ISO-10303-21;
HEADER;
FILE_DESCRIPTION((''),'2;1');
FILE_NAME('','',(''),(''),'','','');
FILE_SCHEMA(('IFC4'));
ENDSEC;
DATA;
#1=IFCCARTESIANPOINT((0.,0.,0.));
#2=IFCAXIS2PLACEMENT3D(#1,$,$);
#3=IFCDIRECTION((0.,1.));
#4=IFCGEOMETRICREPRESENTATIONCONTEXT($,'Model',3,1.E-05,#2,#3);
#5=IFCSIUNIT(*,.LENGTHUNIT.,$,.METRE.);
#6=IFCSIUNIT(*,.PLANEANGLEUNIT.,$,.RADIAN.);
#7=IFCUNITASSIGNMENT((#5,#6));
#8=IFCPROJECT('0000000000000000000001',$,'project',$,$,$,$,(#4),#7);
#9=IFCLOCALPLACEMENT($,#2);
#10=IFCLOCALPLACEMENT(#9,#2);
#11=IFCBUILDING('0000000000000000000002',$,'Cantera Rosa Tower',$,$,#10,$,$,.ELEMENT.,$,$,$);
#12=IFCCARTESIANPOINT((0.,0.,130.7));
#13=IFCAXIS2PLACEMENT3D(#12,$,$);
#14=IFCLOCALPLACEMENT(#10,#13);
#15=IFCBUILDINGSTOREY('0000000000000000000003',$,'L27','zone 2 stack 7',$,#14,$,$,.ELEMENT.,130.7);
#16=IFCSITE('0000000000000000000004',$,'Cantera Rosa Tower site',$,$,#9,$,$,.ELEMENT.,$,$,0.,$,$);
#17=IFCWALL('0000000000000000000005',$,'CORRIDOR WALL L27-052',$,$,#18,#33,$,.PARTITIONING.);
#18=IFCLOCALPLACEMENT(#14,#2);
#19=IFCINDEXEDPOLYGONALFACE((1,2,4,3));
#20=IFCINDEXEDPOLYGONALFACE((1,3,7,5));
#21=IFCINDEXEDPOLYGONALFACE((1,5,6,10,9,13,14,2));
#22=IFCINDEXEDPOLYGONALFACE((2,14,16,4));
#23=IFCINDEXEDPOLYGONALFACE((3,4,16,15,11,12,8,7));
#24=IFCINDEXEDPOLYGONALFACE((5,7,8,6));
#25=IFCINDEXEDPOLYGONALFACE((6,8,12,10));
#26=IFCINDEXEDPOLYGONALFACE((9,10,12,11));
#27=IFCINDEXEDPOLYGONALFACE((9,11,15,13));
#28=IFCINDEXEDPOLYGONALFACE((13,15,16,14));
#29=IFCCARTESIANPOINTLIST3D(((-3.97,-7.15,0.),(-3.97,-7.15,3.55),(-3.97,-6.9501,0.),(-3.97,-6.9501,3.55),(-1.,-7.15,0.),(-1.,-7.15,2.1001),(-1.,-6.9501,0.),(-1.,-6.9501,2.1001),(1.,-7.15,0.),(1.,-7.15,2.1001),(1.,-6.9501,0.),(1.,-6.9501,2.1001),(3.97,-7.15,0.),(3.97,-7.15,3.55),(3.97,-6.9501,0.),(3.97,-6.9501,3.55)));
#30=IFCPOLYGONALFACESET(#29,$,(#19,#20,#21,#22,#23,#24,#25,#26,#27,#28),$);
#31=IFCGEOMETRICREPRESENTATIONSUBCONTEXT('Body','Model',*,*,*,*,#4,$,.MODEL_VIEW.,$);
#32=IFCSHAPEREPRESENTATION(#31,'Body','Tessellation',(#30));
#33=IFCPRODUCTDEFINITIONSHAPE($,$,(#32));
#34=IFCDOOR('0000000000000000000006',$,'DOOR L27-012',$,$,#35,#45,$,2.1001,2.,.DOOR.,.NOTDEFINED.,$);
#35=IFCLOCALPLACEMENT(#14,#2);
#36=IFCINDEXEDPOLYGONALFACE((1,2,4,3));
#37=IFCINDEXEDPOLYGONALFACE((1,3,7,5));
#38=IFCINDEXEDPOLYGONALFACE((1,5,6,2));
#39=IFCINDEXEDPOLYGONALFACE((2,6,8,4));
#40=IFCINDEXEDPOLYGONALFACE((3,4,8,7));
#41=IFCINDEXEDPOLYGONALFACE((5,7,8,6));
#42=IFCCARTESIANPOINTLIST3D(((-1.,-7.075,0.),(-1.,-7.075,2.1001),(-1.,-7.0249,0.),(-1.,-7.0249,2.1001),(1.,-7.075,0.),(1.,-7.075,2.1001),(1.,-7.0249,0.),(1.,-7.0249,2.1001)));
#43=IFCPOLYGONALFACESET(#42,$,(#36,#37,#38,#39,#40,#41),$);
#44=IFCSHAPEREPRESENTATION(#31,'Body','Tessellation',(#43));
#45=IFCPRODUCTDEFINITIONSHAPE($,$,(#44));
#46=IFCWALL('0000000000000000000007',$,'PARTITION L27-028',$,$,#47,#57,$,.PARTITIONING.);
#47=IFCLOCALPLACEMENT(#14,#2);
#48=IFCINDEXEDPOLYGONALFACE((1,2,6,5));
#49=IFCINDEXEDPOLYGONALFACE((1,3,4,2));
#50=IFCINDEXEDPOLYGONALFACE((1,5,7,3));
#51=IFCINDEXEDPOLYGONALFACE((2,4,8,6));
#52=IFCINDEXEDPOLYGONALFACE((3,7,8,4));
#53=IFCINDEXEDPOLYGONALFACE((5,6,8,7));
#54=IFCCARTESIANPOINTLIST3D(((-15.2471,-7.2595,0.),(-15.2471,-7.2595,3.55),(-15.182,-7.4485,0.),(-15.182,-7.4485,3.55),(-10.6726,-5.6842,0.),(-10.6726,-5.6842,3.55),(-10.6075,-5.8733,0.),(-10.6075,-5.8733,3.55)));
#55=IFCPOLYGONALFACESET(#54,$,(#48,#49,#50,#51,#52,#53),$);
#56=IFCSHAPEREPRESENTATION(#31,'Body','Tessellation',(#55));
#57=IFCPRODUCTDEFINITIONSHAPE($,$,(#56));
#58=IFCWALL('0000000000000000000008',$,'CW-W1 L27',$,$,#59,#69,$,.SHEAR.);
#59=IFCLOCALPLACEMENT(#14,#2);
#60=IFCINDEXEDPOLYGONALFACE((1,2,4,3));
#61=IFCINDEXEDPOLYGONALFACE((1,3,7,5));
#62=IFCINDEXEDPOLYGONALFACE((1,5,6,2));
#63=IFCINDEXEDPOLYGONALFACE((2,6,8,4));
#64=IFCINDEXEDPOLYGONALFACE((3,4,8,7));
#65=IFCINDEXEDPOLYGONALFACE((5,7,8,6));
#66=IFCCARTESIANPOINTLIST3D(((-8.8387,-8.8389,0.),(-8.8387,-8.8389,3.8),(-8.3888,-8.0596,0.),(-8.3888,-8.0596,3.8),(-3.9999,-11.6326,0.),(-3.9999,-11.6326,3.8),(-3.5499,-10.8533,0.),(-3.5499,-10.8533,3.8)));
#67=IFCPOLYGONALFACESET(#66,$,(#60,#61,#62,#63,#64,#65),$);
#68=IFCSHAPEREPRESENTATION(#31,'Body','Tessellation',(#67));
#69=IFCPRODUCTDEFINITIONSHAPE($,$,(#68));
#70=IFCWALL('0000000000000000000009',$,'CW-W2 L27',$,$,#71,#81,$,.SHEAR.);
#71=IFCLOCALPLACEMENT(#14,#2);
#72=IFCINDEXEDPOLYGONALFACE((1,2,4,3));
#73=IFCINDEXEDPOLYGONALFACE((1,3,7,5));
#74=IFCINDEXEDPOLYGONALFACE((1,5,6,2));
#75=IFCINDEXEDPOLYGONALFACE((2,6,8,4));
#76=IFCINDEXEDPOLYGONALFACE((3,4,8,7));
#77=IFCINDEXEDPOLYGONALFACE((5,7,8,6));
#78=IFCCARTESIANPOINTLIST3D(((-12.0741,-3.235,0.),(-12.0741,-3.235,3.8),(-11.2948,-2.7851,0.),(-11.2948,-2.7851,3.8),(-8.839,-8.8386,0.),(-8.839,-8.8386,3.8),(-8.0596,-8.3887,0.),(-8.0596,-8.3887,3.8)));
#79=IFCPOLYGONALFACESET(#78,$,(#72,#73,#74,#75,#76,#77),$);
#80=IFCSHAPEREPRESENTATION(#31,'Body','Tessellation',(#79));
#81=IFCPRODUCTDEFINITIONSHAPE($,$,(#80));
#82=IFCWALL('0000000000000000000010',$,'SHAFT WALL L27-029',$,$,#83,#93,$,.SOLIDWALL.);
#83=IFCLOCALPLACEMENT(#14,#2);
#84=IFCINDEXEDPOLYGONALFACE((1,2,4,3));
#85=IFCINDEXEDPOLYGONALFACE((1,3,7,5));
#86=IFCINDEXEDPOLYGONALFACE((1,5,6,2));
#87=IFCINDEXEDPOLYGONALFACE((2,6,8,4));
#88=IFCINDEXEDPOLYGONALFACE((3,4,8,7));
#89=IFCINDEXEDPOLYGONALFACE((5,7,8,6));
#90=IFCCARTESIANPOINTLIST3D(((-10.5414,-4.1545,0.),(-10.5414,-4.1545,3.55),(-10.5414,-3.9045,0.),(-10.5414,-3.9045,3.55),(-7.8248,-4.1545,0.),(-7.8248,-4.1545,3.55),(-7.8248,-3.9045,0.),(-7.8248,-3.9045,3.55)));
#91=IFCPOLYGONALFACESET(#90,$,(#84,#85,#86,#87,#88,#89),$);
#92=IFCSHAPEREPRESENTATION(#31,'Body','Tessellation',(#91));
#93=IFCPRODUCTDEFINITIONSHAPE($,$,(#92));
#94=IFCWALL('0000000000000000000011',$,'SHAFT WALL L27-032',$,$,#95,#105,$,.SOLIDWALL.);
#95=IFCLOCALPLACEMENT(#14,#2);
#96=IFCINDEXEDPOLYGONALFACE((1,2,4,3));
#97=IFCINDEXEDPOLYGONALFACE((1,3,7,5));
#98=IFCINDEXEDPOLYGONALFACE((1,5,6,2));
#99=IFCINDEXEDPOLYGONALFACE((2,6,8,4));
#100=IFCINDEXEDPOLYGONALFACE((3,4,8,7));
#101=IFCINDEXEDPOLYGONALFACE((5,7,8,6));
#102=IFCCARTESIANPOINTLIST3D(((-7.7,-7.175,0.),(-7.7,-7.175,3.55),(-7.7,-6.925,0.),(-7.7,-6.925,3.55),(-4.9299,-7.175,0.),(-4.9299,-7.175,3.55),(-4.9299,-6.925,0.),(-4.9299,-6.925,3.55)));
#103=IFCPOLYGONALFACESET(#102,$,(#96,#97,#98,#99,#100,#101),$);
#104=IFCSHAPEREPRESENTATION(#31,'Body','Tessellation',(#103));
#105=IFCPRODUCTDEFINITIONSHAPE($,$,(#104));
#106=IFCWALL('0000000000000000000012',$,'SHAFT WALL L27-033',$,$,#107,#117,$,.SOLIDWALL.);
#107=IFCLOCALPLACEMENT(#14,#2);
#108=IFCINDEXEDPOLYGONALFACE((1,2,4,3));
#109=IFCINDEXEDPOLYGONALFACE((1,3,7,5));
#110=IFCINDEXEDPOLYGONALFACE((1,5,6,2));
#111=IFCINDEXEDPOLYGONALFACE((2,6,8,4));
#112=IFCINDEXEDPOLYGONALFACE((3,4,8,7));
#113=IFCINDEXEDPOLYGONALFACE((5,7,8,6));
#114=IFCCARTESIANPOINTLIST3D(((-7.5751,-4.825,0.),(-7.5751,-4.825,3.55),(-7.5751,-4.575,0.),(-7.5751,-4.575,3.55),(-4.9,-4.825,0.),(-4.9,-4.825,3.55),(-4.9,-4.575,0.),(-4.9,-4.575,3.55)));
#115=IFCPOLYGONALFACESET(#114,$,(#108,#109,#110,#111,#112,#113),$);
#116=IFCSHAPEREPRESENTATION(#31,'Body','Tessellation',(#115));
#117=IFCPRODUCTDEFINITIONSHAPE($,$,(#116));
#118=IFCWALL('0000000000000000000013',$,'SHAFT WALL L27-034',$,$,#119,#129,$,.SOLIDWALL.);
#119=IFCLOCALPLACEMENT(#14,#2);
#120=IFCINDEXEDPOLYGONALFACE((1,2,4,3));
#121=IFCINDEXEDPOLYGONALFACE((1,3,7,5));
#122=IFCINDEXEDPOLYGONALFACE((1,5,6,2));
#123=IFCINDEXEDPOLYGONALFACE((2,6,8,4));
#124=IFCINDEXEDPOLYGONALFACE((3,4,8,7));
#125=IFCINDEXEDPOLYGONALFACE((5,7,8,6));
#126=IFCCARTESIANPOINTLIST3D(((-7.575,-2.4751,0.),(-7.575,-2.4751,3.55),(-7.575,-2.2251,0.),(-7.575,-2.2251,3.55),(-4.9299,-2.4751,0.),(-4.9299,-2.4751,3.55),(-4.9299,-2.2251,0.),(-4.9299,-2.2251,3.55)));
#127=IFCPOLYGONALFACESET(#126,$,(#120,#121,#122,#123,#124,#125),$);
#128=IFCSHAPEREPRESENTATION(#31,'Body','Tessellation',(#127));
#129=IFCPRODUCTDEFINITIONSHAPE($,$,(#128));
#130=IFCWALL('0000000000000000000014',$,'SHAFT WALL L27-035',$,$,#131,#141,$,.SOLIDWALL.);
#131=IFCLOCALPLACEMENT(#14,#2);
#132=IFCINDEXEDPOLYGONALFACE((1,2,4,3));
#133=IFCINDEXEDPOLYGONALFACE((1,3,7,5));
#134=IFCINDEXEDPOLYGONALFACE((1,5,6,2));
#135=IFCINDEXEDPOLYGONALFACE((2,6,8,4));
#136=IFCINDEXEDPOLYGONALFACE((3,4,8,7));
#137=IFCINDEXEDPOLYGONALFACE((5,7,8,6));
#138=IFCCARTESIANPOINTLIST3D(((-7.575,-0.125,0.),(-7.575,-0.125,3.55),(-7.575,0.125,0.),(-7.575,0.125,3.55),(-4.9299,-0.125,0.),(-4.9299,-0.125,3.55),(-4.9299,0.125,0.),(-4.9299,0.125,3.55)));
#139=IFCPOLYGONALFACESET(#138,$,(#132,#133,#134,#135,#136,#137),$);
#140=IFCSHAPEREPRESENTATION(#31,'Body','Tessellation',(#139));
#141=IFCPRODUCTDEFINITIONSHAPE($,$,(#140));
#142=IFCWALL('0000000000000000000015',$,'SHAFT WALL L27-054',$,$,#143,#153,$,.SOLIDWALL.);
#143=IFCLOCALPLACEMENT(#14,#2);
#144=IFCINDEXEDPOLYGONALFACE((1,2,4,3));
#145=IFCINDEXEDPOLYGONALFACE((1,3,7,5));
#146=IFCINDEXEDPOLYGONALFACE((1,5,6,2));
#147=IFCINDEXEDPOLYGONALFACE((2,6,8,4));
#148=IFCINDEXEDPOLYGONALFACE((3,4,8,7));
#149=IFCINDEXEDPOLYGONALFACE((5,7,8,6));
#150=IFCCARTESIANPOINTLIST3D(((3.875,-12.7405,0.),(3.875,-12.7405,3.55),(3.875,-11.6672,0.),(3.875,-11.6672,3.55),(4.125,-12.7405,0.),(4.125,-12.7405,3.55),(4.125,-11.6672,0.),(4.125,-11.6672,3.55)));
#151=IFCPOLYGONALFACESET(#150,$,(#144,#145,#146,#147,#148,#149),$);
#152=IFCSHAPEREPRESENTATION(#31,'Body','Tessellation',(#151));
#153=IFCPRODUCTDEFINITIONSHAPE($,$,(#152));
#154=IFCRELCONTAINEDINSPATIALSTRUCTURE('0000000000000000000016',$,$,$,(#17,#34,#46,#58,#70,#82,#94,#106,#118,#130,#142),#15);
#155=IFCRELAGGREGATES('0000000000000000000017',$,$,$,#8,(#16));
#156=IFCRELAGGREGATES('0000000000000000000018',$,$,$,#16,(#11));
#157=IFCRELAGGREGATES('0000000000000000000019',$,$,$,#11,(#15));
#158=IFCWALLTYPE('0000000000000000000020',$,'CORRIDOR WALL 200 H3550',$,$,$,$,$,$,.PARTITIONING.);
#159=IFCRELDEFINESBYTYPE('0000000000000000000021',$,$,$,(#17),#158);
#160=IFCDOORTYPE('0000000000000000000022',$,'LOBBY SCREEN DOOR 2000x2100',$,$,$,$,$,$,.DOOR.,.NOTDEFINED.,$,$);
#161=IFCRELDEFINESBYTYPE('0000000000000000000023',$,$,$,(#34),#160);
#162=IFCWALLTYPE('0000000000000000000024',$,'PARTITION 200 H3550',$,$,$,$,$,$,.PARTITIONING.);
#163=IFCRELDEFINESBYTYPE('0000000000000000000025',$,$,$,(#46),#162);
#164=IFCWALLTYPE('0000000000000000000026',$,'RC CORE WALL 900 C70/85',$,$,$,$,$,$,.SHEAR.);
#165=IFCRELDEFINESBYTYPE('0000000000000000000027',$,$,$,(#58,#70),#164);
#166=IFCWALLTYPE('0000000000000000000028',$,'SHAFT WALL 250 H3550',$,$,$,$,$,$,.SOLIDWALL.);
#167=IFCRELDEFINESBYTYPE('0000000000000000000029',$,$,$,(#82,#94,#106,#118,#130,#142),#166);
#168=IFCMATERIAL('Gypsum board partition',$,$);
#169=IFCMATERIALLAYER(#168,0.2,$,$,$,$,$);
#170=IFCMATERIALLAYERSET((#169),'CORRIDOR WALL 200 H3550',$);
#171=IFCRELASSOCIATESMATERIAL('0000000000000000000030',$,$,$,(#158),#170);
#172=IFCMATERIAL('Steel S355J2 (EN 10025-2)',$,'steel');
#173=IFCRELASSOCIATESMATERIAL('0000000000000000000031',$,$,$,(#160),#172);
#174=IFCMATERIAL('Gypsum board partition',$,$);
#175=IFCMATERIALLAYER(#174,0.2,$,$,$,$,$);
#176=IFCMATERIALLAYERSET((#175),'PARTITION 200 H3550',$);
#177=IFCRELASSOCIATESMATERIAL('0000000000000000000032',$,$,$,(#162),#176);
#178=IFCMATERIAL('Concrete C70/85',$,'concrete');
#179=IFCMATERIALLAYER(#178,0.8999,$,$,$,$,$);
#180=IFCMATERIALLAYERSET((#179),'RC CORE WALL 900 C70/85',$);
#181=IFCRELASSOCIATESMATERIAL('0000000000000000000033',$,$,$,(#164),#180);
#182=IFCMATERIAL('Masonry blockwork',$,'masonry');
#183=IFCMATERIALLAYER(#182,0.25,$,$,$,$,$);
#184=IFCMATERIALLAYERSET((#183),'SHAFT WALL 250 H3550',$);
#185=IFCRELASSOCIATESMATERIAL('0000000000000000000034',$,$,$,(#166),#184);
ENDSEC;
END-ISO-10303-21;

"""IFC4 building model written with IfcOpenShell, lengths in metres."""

from ifc_helpers import new_model, si_unit, direction, frame, frame_2d, origin, place, context, subcontext, project, spatial, rectangle, extrude, material, layer, layer_set, type_object, element, fill, save


model = new_model("IFC4")

# Units and contexts
model_context = context("Model", 3, precision=1e-05, world=origin(), true_north=direction((0.0, 1.0)))
body_context = subcontext(model_context, "Body", "Model", "MODEL_VIEW")
ifc_project = project(units=[si_unit("LENGTHUNIT", "METRE"), si_unit("PLANEANGLEUNIT", "RADIAN")], contexts=[model_context])

# Site, building, storey
site_placement = place(None, origin())
site = spatial("IfcSite", under=ifc_project, at=site_placement, Name="Cantera Rosa Tower site", CompositionType="ELEMENT", RefElevation=0.0)
building_placement = place(site_placement, origin())
building = spatial("IfcBuilding", under=site, at=building_placement, Name="Cantera Rosa Tower", CompositionType="ELEMENT")
storey_placement = place(building_placement, frame((0.0, 0.0, 130.7)))
storey = spatial("IfcBuildingStorey", under=building, at=storey_placement, Name="L27", Description="zone 2 stack 7", CompositionType="ELEMENT", Elevation=130.7)

# Shared definitions
ifc_material_1 = material(Name="Gypsum board partition")
ifc_layer_1 = layer(ifc_material_1, 0.2)
ifc_layer_set_1 = layer_set([ifc_layer_1], Name="CORRIDOR WALL 200 H3550")
wall_type_1 = type_object("IfcWallType", Name="CORRIDOR WALL 200 H3550", PredefinedType="PARTITIONING", material=ifc_layer_set_1)

# Wall, opening, door
wall_1_placement = place(storey_placement, frame((3.97, -7.05, 0.0), z_axis=(0.0, 0.0, 1.0), x_axis=(-1.0, 0.0, 0.0)))
wall_1 = element("IfcWall", 1, at=wall_1_placement, inside=storey, type_object=wall_type_1, Name="CORRIDOR WALL L27-052", PredefinedType="PARTITIONING", context=body_context, shape_type="SweptSolid", body=[
    extrude(rectangle(XDim=7.9399, YDim=0.2, at=frame_2d((3.97, 0.0))), origin(), (0.0, 0.0, 1.0), 3.55),
])
opening_1_placement = place(wall_1_placement, frame((2.97, 0.0, 0.0)))
opening_1 = element("IfcOpeningElement", 2, at=opening_1_placement, cuts=wall_1, PredefinedType="OPENING", context=body_context, shape_type="SweptSolid", body=[
    extrude(rectangle(XDim=2.0, YDim=2.1001, at=frame_2d((1.0, 1.05))), frame((0.0, 0.1099, 0.0), z_axis=(0.0, -1.0, 0.0), x_axis=(1.0, 0.0, 0.0)), (0.0, 0.0, 1.0), 0.22),
])
ifc_material_2 = material(Name="Steel S355J2 (EN 10025-2)", Category="steel")
door_type_1 = type_object("IfcDoorType", Name="LOBBY SCREEN DOOR 2000x2100", OperationType="NOTDEFINED", PredefinedType="DOOR", material=ifc_material_2)
door_1_placement = place(opening_1_placement, origin())
door_1 = element("IfcDoor", 3, at=door_1_placement, inside=storey, type_object=door_type_1, Name="DOOR L27-012", OperationType="NOTDEFINED", OverallHeight=2.1001, OverallWidth=2.0, PredefinedType="DOOR", context=body_context, shape_type="SweptSolid", body=[
    extrude(rectangle(XDim=2.0, YDim=2.1001, at=frame_2d((1.0, 1.05))), frame((0.0, 0.0249, 0.0), z_axis=(0.0, -1.0, 0.0), x_axis=(1.0, 0.0, 0.0)), (0.0, 0.0, 1.0), 0.05),
])
fill(opening_1, door_1)

# Walls
ifc_material_3 = material(Name="Gypsum board partition")
ifc_layer_2 = layer(ifc_material_3, 0.2)
ifc_layer_set_2 = layer_set([ifc_layer_2], Name="PARTITION 200 H3550")
wall_type_2 = type_object("IfcWallType", Name="PARTITION 200 H3550", PredefinedType="PARTITIONING", material=ifc_layer_set_2)
wall_2_placement = place(storey_placement, frame((-10.6401, -5.7788, 0.0), z_axis=(0.0, 0.0, 1.0), x_axis=(-0.945513, -0.325583, 0.0)))
element("IfcWall", 4, at=wall_2_placement, inside=storey, type_object=wall_type_2, Name="PARTITION L27-028", PredefinedType="PARTITIONING", context=body_context, shape_type="SweptSolid", body=[
    extrude(rectangle(XDim=4.8381, YDim=0.2, at=frame_2d((2.4189, 0.0))), origin(), (0.0, 0.0, 1.0), 3.55),
])
ifc_material_4 = material(Name="Concrete C70/85", Category="concrete")
ifc_layer_3 = layer(ifc_material_4, 0.8999)
ifc_layer_set_3 = layer_set([ifc_layer_3], Name="RC CORE WALL 900 C70/85")
wall_type_3 = type_object("IfcWallType", Name="RC CORE WALL 900 C70/85", PredefinedType="SHEAR", material=ifc_layer_set_3)
wall_3_placement = place(storey_placement, frame((-3.7749, -11.2429, 0.0), z_axis=(0.0, 0.0, 1.0), x_axis=(-0.866027, 0.499997, 0.0)))
element("IfcWall", 5, at=wall_3_placement, inside=storey, type_object=wall_type_3, Name="CW-W1 L27", PredefinedType="SHEAR", context=body_context, shape_type="SweptSolid", body=[
    extrude(rectangle(XDim=5.5874, YDim=0.8999, at=frame_2d((2.7937, 0.0))), origin(), (0.0, 0.0, 1.0), 3.8),
])
wall_4_placement = place(storey_placement, frame((-8.4492, -8.6138, 0.0), z_axis=(0.0, 0.0, 1.0), x_axis=(-0.49999, 0.866031, 0.0)))
element("IfcWall", 6, at=wall_4_placement, inside=storey, type_object=wall_type_3, Name="CW-W2 L27", PredefinedType="SHEAR", context=body_context, shape_type="SweptSolid", body=[
    extrude(rectangle(XDim=6.4705, YDim=0.8999, at=frame_2d((3.2354, 0.0))), origin(), (0.0, 0.0, 1.0), 3.8),
])
ifc_material_5 = material(Name="Masonry blockwork", Category="masonry")
ifc_layer_4 = layer(ifc_material_5, 0.25)
ifc_layer_set_4 = layer_set([ifc_layer_4], Name="SHAFT WALL 250 H3550")
wall_type_4 = type_object("IfcWallType", Name="SHAFT WALL 250 H3550", PredefinedType="SOLIDWALL", material=ifc_layer_set_4)
wall_5_placement = place(storey_placement, frame((-10.5415, -4.0295, 0.0), z_axis=(0.0, 0.0, 1.0), x_axis=(1.0, 0.0, 0.0)))
element("IfcWall", 7, at=wall_5_placement, inside=storey, type_object=wall_type_4, Name="SHAFT WALL L27-029", PredefinedType="SOLIDWALL", context=body_context, shape_type="SweptSolid", body=[
    extrude(rectangle(XDim=2.7166, YDim=0.25, at=frame_2d((1.3584, 0.0))), origin(), (0.0, 0.0, 1.0), 3.55),
])
wall_6_placement = place(storey_placement, frame((-7.7, -7.05, 0.0), z_axis=(0.0, 0.0, 1.0), x_axis=(1.0, 0.0, 0.0)))
element("IfcWall", 8, at=wall_6_placement, inside=storey, type_object=wall_type_4, Name="SHAFT WALL L27-032", PredefinedType="SOLIDWALL", context=body_context, shape_type="SweptSolid", body=[
    extrude(rectangle(XDim=2.77, YDim=0.25, at=frame_2d((1.385, 0.0))), origin(), (0.0, 0.0, 1.0), 3.55),
])
wall_7_placement = place(storey_placement, frame((-7.575, -4.7, 0.0), z_axis=(0.0, 0.0, 1.0), x_axis=(1.0, 0.0, 0.0)))
element("IfcWall", 9, at=wall_7_placement, inside=storey, type_object=wall_type_4, Name="SHAFT WALL L27-033", PredefinedType="SOLIDWALL", context=body_context, shape_type="SweptSolid", body=[
    extrude(rectangle(XDim=2.675, YDim=0.25, at=frame_2d((1.3374, 0.0))), origin(), (0.0, 0.0, 1.0), 3.55),
])
for number, where, z_axis, x_axis, name in (
    (10, (-7.575, -2.3501, 0.0), (0.0, 0.0, 1.0), (1.0, 0.0, 0.0), "SHAFT WALL L27-034"),
    (11, (-7.575, 0.0, 0.0), (0.0, 0.0, 1.0), (1.0, 0.0, 0.0), "SHAFT WALL L27-035"),
):
    element("IfcWall", number, at=place(storey_placement, frame(where, z_axis=z_axis, x_axis=x_axis)), inside=storey, type_object=wall_type_4, Name=name, PredefinedType="SOLIDWALL", context=body_context, shape_type="SweptSolid", body=[
        extrude(rectangle(XDim=2.645, YDim=0.25, at=frame_2d((1.3225, 0.0))), origin(), (0.0, 0.0, 1.0), 3.55),
    ])
wall_8_placement = place(storey_placement, frame((4.0, -12.7405, 0.0), z_axis=(0.0, 0.0, 1.0), x_axis=(0.0, 1.0, 0.0)))
element("IfcWall", 12, at=wall_8_placement, inside=storey, type_object=wall_type_4, Name="SHAFT WALL L27-054", PredefinedType="SOLIDWALL", context=body_context, shape_type="SweptSolid", body=[
    extrude(rectangle(XDim=1.0732, YDim=0.25, at=frame_2d((0.5366, 0.0))), origin(), (0.0, 0.0, 1.0), 3.55),
])

save(model, "model.ifc")
